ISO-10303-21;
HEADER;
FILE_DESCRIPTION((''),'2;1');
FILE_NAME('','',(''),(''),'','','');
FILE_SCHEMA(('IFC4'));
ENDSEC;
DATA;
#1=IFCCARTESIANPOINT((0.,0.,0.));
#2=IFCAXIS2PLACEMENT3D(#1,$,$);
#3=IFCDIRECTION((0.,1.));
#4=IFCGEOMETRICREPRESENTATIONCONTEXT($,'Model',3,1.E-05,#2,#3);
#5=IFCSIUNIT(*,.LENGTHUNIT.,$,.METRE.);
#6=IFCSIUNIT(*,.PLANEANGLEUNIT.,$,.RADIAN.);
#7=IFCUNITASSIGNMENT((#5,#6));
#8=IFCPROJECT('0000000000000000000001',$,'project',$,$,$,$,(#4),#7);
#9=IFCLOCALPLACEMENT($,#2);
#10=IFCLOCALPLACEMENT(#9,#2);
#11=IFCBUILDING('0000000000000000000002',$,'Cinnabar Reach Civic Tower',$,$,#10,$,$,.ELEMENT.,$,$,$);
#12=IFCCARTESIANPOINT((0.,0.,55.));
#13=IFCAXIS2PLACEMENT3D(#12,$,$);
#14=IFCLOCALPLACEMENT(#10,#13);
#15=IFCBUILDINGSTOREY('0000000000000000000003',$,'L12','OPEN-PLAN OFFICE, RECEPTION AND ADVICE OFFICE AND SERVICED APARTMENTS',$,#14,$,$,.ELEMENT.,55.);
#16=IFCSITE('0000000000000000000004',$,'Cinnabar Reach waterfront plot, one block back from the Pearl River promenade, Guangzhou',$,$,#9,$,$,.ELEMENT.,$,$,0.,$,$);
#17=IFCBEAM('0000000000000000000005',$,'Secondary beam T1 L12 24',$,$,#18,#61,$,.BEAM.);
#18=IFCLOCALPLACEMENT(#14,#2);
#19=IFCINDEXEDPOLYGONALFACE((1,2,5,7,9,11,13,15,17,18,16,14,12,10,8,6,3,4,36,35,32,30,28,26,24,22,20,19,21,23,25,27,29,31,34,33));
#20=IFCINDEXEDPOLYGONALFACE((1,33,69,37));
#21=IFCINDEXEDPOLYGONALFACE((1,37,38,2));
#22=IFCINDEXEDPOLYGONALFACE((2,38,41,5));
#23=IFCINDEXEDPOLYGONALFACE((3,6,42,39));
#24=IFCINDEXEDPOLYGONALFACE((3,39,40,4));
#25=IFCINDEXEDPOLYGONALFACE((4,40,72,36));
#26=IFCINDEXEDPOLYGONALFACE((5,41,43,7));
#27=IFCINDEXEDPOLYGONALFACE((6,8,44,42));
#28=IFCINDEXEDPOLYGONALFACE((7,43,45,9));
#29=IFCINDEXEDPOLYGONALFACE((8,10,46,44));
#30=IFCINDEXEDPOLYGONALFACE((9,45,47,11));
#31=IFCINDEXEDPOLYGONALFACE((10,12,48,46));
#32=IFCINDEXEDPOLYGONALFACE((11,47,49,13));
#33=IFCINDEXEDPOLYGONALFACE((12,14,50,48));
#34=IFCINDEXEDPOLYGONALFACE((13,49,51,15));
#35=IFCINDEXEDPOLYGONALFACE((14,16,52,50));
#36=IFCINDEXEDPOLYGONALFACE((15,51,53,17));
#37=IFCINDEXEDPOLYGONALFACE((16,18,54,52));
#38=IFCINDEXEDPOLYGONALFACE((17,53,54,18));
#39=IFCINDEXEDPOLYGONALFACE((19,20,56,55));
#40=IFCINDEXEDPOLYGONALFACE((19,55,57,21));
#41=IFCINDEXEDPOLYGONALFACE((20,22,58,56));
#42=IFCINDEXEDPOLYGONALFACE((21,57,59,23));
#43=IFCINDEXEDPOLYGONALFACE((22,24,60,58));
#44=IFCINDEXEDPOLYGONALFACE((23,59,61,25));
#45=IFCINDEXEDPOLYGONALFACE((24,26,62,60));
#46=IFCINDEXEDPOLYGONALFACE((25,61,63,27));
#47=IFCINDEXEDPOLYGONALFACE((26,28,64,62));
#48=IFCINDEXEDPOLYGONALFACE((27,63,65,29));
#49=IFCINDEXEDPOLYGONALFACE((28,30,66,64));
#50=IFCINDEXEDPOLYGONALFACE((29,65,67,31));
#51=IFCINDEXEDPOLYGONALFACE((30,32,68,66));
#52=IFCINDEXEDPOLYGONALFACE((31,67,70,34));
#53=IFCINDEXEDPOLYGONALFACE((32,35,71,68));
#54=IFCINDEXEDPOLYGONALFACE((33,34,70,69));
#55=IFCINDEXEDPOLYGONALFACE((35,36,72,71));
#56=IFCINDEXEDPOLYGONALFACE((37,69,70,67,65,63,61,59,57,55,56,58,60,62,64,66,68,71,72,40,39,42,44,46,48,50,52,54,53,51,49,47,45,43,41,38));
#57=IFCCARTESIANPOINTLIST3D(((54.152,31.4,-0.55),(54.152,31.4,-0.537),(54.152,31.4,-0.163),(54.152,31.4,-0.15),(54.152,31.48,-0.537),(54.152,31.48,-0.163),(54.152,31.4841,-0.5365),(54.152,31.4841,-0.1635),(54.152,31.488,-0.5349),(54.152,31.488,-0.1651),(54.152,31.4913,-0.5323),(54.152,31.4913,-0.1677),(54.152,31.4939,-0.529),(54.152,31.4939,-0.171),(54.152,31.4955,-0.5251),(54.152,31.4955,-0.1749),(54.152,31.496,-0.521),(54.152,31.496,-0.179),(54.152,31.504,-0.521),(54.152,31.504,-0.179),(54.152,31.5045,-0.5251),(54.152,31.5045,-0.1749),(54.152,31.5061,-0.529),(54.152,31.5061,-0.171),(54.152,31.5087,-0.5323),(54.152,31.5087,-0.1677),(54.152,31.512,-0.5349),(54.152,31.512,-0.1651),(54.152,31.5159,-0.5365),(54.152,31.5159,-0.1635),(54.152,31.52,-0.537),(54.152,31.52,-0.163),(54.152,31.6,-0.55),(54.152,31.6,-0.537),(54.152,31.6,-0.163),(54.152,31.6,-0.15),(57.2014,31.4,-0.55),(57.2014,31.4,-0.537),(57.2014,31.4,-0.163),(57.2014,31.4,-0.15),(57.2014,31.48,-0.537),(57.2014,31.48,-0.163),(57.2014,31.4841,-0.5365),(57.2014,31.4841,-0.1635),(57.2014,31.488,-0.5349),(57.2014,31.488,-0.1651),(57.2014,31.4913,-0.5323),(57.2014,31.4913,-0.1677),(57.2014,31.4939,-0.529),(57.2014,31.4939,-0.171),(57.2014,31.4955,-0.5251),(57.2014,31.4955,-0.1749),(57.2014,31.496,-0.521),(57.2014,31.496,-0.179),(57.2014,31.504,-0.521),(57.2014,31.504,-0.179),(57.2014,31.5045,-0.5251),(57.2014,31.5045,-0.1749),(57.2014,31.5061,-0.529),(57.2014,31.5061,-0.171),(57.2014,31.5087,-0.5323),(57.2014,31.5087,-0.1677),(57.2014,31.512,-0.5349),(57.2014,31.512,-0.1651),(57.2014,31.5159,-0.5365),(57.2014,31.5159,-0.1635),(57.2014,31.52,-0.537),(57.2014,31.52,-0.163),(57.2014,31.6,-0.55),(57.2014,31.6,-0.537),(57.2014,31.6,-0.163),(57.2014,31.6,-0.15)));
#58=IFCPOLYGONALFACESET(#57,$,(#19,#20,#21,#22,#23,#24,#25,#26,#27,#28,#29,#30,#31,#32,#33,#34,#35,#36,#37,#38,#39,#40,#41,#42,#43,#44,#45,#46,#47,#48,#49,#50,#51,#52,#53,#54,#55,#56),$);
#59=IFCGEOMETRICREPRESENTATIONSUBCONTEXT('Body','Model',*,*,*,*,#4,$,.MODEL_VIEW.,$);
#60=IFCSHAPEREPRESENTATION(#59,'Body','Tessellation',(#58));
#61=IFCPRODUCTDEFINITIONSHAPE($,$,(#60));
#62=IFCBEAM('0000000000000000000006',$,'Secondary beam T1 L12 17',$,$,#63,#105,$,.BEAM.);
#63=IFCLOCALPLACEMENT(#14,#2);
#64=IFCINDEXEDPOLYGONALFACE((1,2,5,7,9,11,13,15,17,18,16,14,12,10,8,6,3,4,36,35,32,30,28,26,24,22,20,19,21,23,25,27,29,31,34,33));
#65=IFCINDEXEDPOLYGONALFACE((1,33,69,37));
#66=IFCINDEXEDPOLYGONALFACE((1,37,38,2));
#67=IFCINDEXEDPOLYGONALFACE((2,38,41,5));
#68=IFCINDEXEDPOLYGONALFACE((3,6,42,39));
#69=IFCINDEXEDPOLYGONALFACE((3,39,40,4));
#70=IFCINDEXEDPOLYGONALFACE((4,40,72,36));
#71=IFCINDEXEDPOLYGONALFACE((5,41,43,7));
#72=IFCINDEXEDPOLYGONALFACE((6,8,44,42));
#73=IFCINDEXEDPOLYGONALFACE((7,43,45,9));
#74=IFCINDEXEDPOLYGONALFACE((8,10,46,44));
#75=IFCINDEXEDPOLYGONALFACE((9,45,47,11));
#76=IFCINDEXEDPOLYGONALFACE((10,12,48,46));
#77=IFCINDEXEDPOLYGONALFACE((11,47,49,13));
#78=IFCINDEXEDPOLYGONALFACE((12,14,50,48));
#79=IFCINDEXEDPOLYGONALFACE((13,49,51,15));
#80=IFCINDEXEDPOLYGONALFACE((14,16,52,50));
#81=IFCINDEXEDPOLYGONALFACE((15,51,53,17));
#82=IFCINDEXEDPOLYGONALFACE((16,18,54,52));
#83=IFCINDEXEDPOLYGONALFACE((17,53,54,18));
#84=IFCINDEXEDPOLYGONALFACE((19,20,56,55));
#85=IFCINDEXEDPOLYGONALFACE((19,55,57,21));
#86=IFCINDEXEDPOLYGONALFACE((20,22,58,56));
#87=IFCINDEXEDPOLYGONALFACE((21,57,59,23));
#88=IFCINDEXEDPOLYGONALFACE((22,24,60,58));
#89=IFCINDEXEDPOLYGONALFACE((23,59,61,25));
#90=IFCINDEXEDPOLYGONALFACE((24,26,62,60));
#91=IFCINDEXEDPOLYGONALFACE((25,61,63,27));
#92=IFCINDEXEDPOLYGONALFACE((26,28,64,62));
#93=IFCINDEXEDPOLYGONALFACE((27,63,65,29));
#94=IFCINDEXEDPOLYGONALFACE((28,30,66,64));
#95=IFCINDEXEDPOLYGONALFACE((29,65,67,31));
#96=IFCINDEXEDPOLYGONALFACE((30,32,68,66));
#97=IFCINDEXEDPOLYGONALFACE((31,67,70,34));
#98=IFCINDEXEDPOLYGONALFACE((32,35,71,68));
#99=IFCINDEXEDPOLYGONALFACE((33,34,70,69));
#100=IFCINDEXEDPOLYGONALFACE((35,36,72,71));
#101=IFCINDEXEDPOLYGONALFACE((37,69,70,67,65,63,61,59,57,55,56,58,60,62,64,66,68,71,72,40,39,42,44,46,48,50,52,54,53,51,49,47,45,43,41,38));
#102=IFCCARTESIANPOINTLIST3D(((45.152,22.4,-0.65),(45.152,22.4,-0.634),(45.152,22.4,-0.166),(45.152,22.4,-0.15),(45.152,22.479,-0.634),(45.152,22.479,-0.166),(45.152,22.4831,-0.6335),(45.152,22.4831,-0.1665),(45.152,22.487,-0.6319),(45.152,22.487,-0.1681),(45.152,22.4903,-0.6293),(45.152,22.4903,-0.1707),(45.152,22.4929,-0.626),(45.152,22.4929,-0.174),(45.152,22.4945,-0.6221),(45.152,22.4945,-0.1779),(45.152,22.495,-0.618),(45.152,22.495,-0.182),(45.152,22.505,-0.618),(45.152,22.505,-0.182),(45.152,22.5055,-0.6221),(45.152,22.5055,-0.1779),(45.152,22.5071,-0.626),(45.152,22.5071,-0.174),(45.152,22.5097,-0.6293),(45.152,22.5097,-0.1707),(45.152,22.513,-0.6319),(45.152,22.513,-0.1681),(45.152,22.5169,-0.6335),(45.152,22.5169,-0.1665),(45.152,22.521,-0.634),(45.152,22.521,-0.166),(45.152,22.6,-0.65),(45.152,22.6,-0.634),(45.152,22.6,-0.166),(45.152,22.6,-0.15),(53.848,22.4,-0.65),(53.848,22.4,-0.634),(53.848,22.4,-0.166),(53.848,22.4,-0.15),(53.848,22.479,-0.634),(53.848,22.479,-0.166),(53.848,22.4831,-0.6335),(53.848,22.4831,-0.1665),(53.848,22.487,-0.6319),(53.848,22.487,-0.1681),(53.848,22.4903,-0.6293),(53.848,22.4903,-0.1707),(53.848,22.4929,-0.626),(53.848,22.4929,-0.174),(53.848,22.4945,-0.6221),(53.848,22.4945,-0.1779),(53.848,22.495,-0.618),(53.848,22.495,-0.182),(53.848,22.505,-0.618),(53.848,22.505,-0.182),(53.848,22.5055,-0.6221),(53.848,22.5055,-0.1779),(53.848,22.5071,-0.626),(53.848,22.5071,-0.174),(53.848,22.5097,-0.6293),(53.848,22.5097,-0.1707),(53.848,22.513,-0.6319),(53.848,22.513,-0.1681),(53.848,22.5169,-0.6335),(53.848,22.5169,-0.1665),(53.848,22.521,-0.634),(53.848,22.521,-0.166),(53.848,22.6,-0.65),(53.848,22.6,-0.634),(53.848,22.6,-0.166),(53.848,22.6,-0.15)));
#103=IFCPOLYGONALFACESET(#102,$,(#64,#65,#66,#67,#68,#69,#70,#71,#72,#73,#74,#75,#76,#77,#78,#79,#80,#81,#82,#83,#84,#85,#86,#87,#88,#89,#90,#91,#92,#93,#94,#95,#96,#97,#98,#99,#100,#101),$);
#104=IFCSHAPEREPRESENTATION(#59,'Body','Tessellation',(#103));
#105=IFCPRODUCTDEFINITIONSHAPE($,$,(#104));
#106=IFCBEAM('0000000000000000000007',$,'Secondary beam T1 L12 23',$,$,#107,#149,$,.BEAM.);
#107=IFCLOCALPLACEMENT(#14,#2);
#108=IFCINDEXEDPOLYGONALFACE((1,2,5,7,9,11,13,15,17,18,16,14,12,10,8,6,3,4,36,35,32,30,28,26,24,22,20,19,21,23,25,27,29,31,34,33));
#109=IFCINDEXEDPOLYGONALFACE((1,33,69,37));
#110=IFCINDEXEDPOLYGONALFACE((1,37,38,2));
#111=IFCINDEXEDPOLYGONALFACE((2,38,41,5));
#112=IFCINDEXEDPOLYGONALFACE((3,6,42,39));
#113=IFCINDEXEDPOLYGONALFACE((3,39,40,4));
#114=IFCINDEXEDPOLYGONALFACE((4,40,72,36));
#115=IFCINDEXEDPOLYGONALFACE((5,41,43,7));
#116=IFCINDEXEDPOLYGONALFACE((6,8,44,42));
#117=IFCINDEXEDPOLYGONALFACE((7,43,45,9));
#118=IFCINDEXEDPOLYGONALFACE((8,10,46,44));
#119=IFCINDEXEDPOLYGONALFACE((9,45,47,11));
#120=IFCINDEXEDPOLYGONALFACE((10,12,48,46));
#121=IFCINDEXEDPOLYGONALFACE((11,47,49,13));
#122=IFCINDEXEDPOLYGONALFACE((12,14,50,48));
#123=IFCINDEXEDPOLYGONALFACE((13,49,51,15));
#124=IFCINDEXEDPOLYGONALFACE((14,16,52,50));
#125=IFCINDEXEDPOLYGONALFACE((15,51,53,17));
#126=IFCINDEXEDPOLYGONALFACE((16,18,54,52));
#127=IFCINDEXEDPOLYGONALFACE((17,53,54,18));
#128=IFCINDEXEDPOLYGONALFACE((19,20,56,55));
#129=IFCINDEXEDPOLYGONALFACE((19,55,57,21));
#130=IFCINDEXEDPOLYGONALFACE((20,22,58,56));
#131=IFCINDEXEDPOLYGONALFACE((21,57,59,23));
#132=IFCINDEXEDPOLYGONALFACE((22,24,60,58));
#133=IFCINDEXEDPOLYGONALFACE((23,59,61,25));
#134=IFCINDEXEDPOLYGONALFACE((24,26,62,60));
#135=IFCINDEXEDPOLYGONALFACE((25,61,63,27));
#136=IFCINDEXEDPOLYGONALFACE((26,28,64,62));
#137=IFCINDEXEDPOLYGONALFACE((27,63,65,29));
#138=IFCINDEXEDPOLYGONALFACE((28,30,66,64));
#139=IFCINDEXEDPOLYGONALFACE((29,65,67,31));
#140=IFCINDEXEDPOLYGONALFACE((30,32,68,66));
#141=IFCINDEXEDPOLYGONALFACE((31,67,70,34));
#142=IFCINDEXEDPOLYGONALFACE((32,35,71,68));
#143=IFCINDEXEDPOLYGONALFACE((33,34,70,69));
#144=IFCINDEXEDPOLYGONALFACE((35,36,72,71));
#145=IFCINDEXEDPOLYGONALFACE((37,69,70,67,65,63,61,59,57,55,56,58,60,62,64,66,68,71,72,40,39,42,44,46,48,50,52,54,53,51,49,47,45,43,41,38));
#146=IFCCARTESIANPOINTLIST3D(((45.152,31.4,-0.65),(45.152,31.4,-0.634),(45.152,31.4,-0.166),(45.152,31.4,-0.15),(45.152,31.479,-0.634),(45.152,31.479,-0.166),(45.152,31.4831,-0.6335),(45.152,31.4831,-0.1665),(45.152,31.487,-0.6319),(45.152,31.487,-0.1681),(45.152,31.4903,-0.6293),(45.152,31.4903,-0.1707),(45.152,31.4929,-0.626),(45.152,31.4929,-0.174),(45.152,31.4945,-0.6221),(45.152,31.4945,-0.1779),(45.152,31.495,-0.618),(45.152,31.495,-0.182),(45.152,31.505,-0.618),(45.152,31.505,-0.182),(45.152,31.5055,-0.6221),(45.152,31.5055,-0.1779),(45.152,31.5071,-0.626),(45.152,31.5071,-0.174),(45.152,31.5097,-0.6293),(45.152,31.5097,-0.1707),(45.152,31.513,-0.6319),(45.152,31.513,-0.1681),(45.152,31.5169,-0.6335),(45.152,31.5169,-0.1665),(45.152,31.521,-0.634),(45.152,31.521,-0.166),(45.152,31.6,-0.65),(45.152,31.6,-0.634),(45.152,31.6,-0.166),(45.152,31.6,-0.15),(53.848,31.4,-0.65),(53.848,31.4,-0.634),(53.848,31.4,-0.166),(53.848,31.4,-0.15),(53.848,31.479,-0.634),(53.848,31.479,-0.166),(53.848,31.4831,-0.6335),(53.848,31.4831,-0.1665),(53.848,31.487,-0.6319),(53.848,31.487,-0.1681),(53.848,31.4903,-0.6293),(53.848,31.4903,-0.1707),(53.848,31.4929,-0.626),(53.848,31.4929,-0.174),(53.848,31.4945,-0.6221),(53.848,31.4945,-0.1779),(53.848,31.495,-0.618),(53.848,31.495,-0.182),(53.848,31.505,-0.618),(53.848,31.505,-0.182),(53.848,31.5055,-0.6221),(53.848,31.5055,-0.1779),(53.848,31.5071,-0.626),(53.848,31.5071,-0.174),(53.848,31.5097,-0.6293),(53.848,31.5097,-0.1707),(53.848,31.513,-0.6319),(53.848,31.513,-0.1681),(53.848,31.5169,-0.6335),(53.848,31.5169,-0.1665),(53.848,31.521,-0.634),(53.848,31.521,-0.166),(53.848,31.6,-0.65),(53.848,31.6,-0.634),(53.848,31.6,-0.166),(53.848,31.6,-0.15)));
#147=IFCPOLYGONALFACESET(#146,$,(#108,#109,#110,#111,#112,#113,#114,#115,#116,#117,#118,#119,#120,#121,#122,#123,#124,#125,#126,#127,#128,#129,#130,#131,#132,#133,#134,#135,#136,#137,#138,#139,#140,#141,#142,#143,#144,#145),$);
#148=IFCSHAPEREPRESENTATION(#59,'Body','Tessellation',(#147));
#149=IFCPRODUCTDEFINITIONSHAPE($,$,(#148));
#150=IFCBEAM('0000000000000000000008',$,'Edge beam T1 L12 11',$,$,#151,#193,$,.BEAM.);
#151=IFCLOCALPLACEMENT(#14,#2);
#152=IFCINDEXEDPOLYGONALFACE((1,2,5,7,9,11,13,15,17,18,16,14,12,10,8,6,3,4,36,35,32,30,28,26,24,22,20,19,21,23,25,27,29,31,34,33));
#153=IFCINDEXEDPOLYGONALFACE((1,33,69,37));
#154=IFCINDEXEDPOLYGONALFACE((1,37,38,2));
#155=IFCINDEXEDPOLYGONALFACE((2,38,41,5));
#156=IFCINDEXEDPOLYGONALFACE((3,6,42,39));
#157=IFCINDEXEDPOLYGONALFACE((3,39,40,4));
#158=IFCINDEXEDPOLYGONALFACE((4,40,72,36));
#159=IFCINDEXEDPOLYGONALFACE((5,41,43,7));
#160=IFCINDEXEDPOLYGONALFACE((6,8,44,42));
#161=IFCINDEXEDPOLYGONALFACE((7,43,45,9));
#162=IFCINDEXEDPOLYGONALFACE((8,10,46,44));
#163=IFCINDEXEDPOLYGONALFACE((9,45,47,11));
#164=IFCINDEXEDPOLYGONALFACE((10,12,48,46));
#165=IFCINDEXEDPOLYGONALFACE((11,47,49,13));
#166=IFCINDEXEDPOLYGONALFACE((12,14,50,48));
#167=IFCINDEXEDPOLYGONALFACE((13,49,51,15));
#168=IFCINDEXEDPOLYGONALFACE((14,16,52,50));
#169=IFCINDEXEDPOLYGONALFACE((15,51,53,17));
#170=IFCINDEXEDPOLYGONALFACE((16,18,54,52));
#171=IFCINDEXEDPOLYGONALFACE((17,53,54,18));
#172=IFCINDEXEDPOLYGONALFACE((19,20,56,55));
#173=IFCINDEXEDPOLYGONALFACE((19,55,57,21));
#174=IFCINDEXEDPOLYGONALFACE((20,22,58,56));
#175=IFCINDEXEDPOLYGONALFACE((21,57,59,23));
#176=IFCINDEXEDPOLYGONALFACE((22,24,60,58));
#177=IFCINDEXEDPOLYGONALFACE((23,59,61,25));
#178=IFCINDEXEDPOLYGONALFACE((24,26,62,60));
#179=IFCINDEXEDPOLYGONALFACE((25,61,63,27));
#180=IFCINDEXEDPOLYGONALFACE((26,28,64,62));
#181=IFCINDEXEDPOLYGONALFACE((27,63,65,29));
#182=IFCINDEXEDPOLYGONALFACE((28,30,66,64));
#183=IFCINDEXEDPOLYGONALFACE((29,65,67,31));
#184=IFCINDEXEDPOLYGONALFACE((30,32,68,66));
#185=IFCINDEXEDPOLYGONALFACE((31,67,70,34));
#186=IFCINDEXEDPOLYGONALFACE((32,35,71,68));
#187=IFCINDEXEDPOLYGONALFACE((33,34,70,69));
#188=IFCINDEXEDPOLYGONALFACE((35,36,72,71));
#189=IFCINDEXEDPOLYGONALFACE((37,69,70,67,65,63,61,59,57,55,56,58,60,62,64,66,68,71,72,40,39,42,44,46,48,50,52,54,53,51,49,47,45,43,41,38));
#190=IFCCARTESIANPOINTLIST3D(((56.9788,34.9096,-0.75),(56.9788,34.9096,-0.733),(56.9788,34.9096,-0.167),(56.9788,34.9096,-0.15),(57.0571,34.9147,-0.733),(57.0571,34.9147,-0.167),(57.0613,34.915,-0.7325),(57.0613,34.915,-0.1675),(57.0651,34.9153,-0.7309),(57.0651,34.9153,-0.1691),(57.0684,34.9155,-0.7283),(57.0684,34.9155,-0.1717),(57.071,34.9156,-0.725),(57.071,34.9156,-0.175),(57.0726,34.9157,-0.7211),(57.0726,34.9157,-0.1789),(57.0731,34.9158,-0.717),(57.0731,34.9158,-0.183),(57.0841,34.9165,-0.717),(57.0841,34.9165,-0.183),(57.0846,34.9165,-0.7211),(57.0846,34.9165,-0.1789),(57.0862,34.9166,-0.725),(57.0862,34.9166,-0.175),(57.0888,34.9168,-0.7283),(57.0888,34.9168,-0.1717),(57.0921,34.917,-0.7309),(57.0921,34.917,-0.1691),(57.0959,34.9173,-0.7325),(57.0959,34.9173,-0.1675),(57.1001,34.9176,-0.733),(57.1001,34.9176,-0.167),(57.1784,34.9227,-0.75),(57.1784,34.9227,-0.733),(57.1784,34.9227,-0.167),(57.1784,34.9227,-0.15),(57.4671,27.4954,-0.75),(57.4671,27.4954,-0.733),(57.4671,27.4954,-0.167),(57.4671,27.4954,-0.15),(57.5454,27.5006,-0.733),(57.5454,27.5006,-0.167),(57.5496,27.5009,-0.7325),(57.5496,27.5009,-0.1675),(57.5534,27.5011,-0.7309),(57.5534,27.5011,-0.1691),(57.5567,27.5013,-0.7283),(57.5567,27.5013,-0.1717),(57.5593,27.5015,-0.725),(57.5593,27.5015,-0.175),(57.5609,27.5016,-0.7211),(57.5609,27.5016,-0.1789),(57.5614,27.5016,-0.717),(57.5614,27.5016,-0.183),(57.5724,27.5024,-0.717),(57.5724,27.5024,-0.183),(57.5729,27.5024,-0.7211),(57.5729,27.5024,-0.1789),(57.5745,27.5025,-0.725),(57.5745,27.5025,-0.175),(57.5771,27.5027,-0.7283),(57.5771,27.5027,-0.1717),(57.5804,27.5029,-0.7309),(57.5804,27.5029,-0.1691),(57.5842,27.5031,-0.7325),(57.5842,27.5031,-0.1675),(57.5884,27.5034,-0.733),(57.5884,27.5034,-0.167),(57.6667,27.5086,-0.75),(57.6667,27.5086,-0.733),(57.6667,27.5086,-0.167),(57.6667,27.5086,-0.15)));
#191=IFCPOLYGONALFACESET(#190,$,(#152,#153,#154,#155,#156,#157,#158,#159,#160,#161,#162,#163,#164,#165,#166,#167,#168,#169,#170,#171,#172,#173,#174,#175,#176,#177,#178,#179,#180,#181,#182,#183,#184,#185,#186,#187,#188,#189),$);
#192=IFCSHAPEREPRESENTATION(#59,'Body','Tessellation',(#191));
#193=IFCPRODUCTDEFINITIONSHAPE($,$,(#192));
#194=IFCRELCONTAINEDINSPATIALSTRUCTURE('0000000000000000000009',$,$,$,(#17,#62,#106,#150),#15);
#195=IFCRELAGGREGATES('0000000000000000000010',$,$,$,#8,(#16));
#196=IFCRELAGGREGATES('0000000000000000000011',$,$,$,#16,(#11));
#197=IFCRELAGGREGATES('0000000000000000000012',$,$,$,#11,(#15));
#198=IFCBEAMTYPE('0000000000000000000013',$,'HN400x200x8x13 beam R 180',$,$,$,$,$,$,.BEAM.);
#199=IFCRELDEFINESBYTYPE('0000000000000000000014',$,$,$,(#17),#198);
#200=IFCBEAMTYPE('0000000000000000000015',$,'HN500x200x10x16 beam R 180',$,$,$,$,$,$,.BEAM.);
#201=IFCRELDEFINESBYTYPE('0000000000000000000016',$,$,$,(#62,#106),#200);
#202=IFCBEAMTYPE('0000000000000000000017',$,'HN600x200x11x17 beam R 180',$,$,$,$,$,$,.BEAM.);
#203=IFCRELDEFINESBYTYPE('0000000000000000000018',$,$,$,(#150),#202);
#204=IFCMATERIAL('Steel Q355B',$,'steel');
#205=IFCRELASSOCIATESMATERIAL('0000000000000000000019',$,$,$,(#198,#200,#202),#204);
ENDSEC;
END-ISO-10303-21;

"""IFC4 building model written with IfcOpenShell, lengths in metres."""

from ifc_helpers import new_model, si_unit, direction, frame, origin, origin_2d, place, context, subcontext, project, spatial, i_section, extrude, material, material_profile, profile_set, type_object, element, save


model = new_model("IFC4")

# Units and contexts
model_context = context("Model", 3, precision=1e-05, world=origin(), true_north=direction((0.0, 1.0)))
body_context = subcontext(model_context, "Body", "Model", "MODEL_VIEW")
ifc_project = project(units=[si_unit("LENGTHUNIT", "METRE"), si_unit("PLANEANGLEUNIT", "RADIAN")], contexts=[model_context])

# Site, building, storey
site_placement = place(None, origin())
site = spatial("IfcSite", under=ifc_project, at=site_placement, Name="Cinnabar Reach waterfront plot, one block back from the Pearl River promenade, Guangzhou", CompositionType="ELEMENT", RefElevation=0.0)
building_placement = place(site_placement, origin())
building = spatial("IfcBuilding", under=site, at=building_placement, Name="Cinnabar Reach Civic Tower", CompositionType="ELEMENT")
storey_placement = place(building_placement, frame((0.0, 0.0, 55.0)))
storey = spatial("IfcBuildingStorey", under=building, at=storey_placement, Name="L12", Description="OPEN-PLAN OFFICE, RECEPTION AND ADVICE OFFICE AND SERVICED APARTMENTS", CompositionType="ELEMENT", Elevation=55.0)

# Beams
ifc_material_1 = material(Name="Steel Q355B", Category="steel")
ifc_material_profile_1 = material_profile(ifc_material_1, i_section(OverallWidth=0.2, OverallDepth=0.4, WebThickness=0.008, FlangeThickness=0.013, FilletRadius=0.016, at=origin_2d()), Name="HN400x200x8x13")
ifc_profile_set_1 = profile_set([ifc_material_profile_1], Name="Steel Q355B")
beam_type_1 = type_object("IfcBeamType", Name="HN400x200x8x13 beam R 180", PredefinedType="BEAM", material=ifc_profile_set_1)
beam_1_placement = place(storey_placement, frame((54.152, 31.5, -0.35), z_axis=(1.0, 0.0, 0.0), x_axis=(0.0, 1.0, 0.0)))
element("IfcBeam", 1, at=beam_1_placement, inside=storey, type_object=beam_type_1, Name="Secondary beam T1 L12 24", PredefinedType="BEAM", context=body_context, shape_type="SweptSolid", body=[
    extrude(i_section(OverallWidth=0.2, OverallDepth=0.4, WebThickness=0.008, FlangeThickness=0.013, FilletRadius=0.016, at=origin_2d()), origin(), (0.0, 0.0, 1.0), 3.0494),
])
ifc_material_profile_2 = material_profile(ifc_material_1, i_section(OverallWidth=0.2, OverallDepth=0.5, WebThickness=0.01, FlangeThickness=0.016, FilletRadius=0.016, at=origin_2d()), Name="HN500x200x10x16")
ifc_profile_set_2 = profile_set([ifc_material_profile_2], Name="Steel Q355B")
beam_type_2 = type_object("IfcBeamType", Name="HN500x200x10x16 beam R 180", PredefinedType="BEAM", material=ifc_profile_set_2)
for number, where, z_axis, x_axis, name in (
    (2, (45.152, 22.5, -0.4), (1.0, 0.0, 0.0), (0.0, 1.0, 0.0), "Secondary beam T1 L12 17"),
    (3, (45.152, 31.5, -0.4), (1.0, 0.0, 0.0), (0.0, 1.0, 0.0), "Secondary beam T1 L12 23"),
):
    element("IfcBeam", number, at=place(storey_placement, frame(where, z_axis=z_axis, x_axis=x_axis)), inside=storey, type_object=beam_type_2, Name=name, PredefinedType="BEAM", context=body_context, shape_type="SweptSolid", body=[
        extrude(i_section(OverallWidth=0.2, OverallDepth=0.5, WebThickness=0.01, FlangeThickness=0.016, FilletRadius=0.016, at=origin_2d()), origin(), (0.0, 0.0, 1.0), 8.696),
    ])
ifc_material_profile_3 = material_profile(ifc_material_1, i_section(OverallWidth=0.2, OverallDepth=0.6, WebThickness=0.011, FlangeThickness=0.017, FilletRadius=0.016, at=origin_2d()), Name="HN600x200x11x17")
ifc_profile_set_3 = profile_set([ifc_material_profile_3], Name="Steel Q355B")
beam_type_3 = type_object("IfcBeamType", Name="HN600x200x11x17 beam R 180", PredefinedType="BEAM", material=ifc_profile_set_3)
beam_2_placement = place(storey_placement, frame((57.5669, 27.502, -0.45), z_axis=(-0.065719, 0.997838, 0.0), x_axis=(-0.997838, -0.065719, 0.0)))
element("IfcBeam", 4, at=beam_2_placement, inside=storey, type_object=beam_type_3, Name="Edge beam T1 L12 11", PredefinedType="BEAM", context=body_context, shape_type="SweptSolid", body=[
    extrude(i_section(OverallWidth=0.2, OverallDepth=0.6, WebThickness=0.011, FlangeThickness=0.017, FilletRadius=0.016, at=origin_2d()), origin(), (0.0, 0.0, 1.0), 7.4302),
])

save(model, "model.ifc")
